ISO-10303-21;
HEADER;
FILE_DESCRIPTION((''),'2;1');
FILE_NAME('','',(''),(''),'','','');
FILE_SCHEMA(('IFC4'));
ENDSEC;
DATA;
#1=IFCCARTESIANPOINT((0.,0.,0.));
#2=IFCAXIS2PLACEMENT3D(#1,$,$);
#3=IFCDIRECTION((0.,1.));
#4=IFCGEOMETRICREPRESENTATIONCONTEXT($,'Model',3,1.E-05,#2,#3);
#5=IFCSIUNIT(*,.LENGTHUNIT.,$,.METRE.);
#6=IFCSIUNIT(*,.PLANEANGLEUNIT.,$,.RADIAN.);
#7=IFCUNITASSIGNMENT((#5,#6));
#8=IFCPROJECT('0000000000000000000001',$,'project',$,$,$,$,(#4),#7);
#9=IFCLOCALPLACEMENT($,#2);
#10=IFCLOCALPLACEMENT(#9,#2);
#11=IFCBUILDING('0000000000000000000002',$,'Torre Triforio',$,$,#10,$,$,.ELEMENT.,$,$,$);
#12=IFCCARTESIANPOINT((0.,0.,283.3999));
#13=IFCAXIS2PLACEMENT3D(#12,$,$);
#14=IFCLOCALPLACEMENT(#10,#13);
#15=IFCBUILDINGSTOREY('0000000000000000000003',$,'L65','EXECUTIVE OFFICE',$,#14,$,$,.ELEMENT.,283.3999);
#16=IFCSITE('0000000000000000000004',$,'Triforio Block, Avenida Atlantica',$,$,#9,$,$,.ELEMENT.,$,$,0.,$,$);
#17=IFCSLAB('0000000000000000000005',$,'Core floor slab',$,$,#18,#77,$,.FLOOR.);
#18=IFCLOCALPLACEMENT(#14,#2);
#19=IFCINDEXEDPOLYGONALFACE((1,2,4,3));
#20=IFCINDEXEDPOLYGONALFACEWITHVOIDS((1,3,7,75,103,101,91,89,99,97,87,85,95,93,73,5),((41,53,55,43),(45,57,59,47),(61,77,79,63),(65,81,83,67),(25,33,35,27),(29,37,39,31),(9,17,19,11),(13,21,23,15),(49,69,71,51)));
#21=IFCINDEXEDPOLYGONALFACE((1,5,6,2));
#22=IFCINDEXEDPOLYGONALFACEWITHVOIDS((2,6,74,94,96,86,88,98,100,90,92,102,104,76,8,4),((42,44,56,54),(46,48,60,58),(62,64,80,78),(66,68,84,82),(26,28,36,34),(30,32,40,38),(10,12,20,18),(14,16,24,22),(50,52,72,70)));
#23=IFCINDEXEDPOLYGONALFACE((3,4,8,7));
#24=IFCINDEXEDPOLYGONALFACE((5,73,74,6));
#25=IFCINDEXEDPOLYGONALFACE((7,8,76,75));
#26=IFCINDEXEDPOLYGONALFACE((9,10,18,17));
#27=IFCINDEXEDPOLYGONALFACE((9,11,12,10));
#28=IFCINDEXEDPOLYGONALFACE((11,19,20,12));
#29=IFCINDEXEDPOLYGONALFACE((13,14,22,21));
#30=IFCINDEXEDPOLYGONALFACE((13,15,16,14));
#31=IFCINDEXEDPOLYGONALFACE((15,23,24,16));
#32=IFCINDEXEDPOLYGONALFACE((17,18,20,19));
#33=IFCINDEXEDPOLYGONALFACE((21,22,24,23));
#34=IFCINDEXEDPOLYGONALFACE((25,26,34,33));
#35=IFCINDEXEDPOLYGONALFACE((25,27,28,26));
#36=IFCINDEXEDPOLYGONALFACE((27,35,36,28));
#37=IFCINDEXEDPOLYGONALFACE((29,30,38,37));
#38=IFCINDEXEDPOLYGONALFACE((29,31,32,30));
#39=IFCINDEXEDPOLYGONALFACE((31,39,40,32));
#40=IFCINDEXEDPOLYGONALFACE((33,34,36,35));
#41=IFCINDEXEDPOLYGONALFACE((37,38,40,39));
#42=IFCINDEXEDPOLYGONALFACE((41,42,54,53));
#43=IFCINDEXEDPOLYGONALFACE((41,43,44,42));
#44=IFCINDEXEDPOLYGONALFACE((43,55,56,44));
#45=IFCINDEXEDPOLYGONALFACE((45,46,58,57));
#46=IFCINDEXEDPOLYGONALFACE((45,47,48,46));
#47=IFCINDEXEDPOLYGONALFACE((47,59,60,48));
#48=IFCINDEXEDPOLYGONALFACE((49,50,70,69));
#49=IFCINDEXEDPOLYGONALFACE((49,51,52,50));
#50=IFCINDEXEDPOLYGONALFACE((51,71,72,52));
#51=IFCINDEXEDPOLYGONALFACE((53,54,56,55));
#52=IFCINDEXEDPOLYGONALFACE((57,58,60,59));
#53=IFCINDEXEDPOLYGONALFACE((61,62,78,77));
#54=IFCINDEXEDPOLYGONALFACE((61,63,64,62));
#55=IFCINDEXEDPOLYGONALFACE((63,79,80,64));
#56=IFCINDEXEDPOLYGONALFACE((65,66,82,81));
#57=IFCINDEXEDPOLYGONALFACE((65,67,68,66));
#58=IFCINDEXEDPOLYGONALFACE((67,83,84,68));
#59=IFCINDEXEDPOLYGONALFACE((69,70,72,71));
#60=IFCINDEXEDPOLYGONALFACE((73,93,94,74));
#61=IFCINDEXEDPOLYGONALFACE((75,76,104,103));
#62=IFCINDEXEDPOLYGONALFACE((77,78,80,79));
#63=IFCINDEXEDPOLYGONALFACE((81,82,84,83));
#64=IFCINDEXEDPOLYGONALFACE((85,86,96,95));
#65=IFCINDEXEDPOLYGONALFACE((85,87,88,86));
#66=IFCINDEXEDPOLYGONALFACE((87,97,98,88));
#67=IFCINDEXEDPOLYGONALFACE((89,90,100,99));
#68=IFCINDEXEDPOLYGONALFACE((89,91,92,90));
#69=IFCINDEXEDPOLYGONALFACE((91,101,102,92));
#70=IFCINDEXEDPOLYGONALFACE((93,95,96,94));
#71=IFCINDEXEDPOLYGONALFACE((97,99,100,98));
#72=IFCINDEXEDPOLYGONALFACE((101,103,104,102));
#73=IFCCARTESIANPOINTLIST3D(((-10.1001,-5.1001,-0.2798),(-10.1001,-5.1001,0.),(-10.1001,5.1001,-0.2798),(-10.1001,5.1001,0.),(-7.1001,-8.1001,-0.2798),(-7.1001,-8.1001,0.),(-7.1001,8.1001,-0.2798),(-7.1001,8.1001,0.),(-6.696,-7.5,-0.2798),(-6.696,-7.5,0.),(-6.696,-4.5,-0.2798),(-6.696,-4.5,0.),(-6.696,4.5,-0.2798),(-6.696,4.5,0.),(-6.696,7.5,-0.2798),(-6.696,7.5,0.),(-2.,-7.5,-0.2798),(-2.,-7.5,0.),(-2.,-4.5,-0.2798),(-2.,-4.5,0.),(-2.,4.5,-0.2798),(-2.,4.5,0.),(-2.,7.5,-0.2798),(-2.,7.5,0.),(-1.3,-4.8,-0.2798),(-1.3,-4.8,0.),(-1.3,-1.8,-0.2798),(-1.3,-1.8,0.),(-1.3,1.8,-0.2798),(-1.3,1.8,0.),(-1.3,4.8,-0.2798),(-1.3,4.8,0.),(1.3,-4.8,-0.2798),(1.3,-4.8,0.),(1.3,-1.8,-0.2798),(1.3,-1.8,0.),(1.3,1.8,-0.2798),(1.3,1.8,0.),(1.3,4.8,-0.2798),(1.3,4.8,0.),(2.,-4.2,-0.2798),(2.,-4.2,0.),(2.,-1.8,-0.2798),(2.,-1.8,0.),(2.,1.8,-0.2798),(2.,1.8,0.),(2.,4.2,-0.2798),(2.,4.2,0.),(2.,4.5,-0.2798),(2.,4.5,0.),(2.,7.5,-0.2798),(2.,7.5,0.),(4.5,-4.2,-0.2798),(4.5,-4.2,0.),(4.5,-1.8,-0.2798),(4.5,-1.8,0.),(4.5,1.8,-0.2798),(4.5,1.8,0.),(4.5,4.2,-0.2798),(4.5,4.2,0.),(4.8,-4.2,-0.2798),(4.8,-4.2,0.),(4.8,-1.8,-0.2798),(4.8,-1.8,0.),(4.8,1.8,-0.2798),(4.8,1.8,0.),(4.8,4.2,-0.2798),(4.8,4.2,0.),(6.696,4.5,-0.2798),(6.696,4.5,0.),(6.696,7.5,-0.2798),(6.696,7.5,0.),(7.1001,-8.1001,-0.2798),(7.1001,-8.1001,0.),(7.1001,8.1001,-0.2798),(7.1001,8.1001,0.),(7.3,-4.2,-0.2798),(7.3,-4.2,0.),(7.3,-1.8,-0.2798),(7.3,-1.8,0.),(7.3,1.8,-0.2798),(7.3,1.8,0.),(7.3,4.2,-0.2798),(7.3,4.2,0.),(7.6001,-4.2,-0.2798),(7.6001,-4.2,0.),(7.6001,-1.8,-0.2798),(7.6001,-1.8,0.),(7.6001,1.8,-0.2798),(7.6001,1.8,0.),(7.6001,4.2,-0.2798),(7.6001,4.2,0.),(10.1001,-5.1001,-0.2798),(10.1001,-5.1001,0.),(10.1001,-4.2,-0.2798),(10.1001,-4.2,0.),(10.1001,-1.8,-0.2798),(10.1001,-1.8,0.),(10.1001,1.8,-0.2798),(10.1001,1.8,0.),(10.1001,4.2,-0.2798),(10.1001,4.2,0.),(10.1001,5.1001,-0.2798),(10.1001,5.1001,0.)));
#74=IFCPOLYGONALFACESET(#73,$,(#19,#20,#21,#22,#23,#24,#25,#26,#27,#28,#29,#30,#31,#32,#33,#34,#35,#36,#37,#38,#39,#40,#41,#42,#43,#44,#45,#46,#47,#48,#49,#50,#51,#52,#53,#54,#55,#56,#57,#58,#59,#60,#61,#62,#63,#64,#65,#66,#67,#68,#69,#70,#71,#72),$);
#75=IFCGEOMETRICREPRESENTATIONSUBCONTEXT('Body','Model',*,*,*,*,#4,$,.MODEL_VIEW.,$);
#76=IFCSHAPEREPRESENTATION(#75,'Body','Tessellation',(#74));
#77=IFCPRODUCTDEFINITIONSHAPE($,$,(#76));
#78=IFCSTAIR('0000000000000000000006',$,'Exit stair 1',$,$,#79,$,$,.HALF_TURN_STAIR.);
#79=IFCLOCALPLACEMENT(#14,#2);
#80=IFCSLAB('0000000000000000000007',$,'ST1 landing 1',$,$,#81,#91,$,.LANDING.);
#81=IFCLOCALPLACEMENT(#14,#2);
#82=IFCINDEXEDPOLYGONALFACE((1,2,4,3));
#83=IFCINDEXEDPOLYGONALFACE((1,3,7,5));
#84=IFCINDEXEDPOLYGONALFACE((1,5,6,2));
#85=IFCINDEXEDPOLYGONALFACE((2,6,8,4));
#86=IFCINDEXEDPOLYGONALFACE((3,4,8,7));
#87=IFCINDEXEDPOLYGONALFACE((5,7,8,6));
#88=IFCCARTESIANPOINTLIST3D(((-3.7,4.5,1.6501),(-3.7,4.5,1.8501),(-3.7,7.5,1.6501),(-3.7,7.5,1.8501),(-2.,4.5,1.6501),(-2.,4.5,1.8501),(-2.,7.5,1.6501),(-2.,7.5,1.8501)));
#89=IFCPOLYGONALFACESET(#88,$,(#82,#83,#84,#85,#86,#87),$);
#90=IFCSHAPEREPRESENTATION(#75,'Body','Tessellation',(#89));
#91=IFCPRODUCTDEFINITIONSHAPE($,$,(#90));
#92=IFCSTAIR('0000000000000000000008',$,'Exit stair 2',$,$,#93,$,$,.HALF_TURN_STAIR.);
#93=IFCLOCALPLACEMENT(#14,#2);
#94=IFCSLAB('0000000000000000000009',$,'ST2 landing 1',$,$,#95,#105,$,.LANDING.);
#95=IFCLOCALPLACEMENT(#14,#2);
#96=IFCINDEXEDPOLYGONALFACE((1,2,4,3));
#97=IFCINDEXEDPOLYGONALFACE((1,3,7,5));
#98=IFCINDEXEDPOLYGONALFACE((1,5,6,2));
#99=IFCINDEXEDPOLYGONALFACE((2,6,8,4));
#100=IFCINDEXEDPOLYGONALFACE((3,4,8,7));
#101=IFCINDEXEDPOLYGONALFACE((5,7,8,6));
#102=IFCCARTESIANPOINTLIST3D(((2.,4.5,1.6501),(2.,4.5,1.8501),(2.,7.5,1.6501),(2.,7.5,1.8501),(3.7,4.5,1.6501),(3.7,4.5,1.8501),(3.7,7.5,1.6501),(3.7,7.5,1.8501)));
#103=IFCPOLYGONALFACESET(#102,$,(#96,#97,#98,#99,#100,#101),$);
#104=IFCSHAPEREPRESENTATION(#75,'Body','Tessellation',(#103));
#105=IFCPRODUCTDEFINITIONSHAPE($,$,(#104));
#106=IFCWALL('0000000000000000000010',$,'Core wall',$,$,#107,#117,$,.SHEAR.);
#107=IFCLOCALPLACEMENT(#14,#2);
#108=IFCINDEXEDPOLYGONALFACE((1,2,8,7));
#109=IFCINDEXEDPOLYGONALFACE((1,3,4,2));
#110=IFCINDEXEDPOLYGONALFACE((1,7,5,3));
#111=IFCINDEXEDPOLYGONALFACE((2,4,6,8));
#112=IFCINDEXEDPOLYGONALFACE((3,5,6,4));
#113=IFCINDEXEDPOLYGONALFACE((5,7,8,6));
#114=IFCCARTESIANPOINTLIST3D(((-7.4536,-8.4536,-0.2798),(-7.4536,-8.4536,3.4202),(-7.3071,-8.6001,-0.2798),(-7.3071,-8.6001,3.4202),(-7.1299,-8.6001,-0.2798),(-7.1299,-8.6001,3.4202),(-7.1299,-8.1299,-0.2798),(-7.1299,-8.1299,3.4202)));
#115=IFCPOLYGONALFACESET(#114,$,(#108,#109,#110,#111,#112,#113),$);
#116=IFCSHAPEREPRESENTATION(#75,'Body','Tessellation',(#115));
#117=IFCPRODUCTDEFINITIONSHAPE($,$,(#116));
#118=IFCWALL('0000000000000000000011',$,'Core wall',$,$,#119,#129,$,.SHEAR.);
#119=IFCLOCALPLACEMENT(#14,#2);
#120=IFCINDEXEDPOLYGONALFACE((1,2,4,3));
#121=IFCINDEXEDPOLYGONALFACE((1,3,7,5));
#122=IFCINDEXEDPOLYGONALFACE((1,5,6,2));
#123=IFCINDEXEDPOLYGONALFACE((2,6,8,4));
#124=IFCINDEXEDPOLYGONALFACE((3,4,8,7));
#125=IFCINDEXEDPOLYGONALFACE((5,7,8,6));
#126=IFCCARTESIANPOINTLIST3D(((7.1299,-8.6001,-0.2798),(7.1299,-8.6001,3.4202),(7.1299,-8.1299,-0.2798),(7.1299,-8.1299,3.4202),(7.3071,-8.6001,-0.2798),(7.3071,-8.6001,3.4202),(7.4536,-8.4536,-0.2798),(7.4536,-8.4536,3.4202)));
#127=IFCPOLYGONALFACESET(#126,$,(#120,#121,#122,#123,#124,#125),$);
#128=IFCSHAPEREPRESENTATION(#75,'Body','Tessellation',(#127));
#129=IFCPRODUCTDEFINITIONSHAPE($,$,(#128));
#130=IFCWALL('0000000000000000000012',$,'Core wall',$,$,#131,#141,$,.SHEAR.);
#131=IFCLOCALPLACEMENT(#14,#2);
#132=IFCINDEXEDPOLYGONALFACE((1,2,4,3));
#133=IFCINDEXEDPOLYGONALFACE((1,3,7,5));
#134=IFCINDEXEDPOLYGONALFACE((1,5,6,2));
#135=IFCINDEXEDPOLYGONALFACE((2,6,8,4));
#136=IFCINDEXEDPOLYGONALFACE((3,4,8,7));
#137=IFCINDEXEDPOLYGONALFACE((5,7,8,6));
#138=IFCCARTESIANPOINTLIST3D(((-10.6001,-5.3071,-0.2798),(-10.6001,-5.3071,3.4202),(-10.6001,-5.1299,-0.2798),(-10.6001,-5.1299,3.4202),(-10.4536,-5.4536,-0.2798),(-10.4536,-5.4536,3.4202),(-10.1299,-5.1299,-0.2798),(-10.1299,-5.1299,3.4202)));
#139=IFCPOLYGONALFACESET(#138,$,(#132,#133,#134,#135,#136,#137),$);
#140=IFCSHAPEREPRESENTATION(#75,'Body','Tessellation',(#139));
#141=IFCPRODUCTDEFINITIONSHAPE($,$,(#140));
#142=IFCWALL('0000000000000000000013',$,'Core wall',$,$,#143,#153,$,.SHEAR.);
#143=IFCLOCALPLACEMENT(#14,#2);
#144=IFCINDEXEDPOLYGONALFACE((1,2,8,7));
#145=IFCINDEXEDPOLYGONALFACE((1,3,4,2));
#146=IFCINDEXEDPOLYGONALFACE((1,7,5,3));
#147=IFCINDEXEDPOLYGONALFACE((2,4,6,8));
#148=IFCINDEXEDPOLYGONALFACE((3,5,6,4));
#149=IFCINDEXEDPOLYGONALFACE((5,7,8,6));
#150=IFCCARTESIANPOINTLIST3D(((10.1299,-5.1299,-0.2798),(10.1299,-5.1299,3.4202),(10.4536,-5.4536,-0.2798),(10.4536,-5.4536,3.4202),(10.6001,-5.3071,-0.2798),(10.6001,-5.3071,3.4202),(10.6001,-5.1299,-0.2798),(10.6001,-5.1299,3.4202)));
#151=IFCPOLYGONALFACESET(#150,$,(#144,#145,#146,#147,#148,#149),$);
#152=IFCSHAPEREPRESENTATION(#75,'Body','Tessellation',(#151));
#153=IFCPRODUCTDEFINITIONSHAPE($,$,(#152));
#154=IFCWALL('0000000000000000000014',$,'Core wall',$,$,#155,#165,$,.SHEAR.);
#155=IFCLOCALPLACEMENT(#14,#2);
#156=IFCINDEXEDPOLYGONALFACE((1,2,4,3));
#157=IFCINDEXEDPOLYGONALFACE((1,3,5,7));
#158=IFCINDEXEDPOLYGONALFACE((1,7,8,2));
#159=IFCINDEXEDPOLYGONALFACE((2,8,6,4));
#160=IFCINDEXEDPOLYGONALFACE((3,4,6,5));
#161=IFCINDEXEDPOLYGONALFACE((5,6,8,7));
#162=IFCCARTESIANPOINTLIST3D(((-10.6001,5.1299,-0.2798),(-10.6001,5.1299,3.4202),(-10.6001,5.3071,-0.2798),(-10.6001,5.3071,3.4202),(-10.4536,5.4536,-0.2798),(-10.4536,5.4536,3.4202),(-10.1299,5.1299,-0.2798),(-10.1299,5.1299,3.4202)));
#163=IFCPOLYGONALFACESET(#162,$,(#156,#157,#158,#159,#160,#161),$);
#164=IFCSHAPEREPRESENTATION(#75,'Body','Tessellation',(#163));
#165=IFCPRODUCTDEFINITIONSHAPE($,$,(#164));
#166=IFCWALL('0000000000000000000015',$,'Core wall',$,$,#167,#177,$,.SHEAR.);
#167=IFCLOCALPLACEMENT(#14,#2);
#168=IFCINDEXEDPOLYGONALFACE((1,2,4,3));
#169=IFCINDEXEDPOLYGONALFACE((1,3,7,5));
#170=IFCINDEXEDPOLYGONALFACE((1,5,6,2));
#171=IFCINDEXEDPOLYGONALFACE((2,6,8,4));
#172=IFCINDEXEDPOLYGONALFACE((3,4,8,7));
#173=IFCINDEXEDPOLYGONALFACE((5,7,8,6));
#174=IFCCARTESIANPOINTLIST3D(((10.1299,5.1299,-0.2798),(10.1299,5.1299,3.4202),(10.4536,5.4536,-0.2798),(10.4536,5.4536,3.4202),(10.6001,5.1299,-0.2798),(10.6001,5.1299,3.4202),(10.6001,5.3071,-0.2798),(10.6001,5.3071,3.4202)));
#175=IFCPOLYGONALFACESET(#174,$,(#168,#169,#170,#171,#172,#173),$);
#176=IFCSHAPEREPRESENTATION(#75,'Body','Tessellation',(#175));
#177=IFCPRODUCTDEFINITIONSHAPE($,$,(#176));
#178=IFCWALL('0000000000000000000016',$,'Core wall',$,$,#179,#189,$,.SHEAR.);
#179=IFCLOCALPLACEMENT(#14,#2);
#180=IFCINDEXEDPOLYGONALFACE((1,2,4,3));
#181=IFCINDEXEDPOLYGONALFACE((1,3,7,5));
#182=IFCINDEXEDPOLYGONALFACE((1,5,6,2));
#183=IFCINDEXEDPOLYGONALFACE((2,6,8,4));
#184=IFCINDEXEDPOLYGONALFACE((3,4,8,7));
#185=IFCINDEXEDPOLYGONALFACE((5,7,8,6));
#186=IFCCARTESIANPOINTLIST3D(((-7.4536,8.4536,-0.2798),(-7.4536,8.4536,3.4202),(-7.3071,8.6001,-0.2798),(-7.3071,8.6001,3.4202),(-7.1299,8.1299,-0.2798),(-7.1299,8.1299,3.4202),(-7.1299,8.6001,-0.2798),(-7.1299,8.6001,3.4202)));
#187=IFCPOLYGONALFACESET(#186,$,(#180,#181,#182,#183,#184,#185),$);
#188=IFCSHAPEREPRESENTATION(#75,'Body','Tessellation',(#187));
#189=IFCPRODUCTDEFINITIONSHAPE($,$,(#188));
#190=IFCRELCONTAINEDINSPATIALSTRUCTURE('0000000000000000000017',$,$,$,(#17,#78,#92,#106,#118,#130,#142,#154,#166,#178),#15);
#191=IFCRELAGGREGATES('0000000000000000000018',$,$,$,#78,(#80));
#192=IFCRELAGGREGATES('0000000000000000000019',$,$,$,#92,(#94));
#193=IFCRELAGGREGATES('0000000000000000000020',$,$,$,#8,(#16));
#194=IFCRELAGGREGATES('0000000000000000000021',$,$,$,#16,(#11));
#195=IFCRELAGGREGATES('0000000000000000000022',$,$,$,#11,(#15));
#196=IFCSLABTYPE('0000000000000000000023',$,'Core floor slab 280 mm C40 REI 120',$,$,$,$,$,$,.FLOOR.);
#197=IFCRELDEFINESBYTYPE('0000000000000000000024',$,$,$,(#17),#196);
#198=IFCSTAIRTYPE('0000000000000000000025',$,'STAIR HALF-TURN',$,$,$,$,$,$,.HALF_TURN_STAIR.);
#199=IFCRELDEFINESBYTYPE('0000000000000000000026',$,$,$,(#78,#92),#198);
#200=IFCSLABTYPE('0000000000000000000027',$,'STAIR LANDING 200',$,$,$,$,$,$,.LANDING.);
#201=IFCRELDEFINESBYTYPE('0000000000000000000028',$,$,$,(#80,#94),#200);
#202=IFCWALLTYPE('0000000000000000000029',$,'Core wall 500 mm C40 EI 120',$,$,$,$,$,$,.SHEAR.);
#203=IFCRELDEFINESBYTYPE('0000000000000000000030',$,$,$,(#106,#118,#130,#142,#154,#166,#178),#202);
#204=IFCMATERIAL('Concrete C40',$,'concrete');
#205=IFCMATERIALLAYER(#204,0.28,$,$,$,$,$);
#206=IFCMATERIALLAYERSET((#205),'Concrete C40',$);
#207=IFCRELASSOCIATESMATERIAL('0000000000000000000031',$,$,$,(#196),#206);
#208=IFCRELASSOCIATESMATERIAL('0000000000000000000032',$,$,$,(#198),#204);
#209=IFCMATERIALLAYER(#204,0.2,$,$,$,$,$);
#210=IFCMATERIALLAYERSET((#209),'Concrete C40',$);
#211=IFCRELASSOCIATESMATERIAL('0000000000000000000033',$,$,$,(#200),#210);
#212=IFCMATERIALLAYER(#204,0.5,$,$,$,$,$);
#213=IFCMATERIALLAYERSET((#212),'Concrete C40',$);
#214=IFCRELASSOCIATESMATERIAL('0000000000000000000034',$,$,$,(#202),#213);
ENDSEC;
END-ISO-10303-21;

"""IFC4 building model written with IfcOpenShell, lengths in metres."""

from ifc_helpers import new_model, si_unit, direction, frame, origin, place, context, subcontext, project, spatial, polyline, outline, extrude, material, layer, layer_set, type_object, element, aggregate, save


model = new_model("IFC4")

# Units and contexts
model_context = context("Model", 3, precision=1e-05, world=origin(), true_north=direction((0.0, 1.0)))
body_context = subcontext(model_context, "Body", "Model", "MODEL_VIEW")
ifc_project = project(units=[si_unit("LENGTHUNIT", "METRE"), si_unit("PLANEANGLEUNIT", "RADIAN")], contexts=[model_context])

# Site, building, storey
site_placement = place(None, origin())
site = spatial("IfcSite", under=ifc_project, at=site_placement, Name="Triforio Block, Avenida Atlantica", CompositionType="ELEMENT", RefElevation=0.0)
building_placement = place(site_placement, origin())
building = spatial("IfcBuilding", under=site, at=building_placement, Name="Torre Triforio", CompositionType="ELEMENT")
storey_placement = place(building_placement, frame((0.0, 0.0, 283.3999)))
storey = spatial("IfcBuildingStorey", under=building, at=storey_placement, Name="L65", Description="EXECUTIVE OFFICE", CompositionType="ELEMENT", Elevation=283.3999)

# Slab
ifc_material_1 = material(Name="Concrete C40", Category="concrete")
ifc_layer_1 = layer(ifc_material_1, 0.28)
ifc_layer_set_1 = layer_set([ifc_layer_1], Name="Concrete C40")
slab_type_1 = type_object("IfcSlabType", Name="Core floor slab 280 mm C40 REI 120", PredefinedType="FLOOR", material=ifc_layer_set_1)
slab_1_placement = place(storey_placement, frame((0.0, 0.0, -0.2798)))
element("IfcSlab", 1, at=slab_1_placement, inside=storey, type_object=slab_type_1, Name="Core floor slab", PredefinedType="FLOOR", context=body_context, shape_type="SweptSolid", body=[
    extrude(outline(polyline([(10.1001, -5.1001), (7.1001, -8.1001), (-7.1001, -8.1001), (-10.1001, -5.1001), (-10.1001, 5.1001), (-7.1001, 8.1001), (7.1001, 8.1001), (10.1001, 5.1001), (10.1001, 4.2), (7.6001, 4.2), (7.6001, 1.8), (10.1001, 1.8), (10.1001, -1.8), (7.6001, -1.8), (7.6001, -4.2), (10.1001, -4.2), (10.1001, -5.1001)]), holes=[polyline([(-6.696, -4.5), (-6.696, -7.5), (-2.0, -7.5), (-2.0, -4.5), (-6.696, -4.5)]), polyline([(-1.3, -1.8), (-1.3, -4.8), (1.3, -4.8), (1.3, -1.8), (-1.3, -1.8)]), polyline([(2.0, -1.8), (2.0, -4.2), (4.5, -4.2), (4.5, -1.8), (2.0, -1.8)]), polyline([(4.5, 4.2), (2.0, 4.2), (2.0, 1.8), (4.5, 1.8), (4.5, 4.2)]), polyline([(1.3, 4.8), (-1.3, 4.8), (-1.3, 1.8), (1.3, 1.8), (1.3, 4.8)]), polyline([(-6.696, 7.5), (-6.696, 4.5), (-2.0, 4.5), (-2.0, 7.5), (-6.696, 7.5)]), polyline([(7.3, -1.8), (4.8, -1.8), (4.8, -4.2), (7.3, -4.2), (7.3, -1.8)]), polyline([(4.8, 4.2), (4.8, 1.8), (7.3, 1.8), (7.3, 4.2), (4.8, 4.2)]), polyline([(6.696, 7.5), (2.0, 7.5), (2.0, 4.5), (6.696, 4.5), (6.696, 7.5)])]), origin(), (0.0, 0.0, 1.0), 0.2798),
])

# Stairs, slabs
stair_type = type_object("IfcStairType", Name="STAIR HALF-TURN", PredefinedType="HALF_TURN_STAIR", material=ifc_material_1)
stair_1_placement = place(storey_placement, origin())
stair_1 = element("IfcStair", 2, at=stair_1_placement, inside=storey, type_object=stair_type, Name="Exit stair 1", PredefinedType="HALF_TURN_STAIR")
ifc_layer_2 = layer(ifc_material_1, 0.2)
ifc_layer_set_2 = layer_set([ifc_layer_2], Name="Concrete C40")
slab_type_2 = type_object("IfcSlabType", Name="STAIR LANDING 200", PredefinedType="LANDING", material=ifc_layer_set_2)
slab_2_placement = place(storey_placement, frame((0.0, 0.0, 1.6501)))
slab_2 = element("IfcSlab", 3, at=slab_2_placement, type_object=slab_type_2, Name="ST1 landing 1", PredefinedType="LANDING", context=body_context, shape_type="SweptSolid", body=[
    extrude(outline(polyline([(-2.0, 4.5), (-2.0, 7.5), (-3.7, 7.5), (-3.7, 4.5), (-2.0, 4.5)])), origin(), (0.0, 0.0, 1.0), 0.2),
])
aggregate(stair_1, [slab_2])
stair_2_placement = place(storey_placement, origin())
stair_2 = element("IfcStair", 4, at=stair_2_placement, inside=storey, type_object=stair_type, Name="Exit stair 2", PredefinedType="HALF_TURN_STAIR")
slab_3_placement = place(storey_placement, frame((0.0, 0.0, 1.6501)))
slab_3 = element("IfcSlab", 5, at=slab_3_placement, type_object=slab_type_2, Name="ST2 landing 1", PredefinedType="LANDING", context=body_context, shape_type="SweptSolid", body=[
    extrude(outline(polyline([(3.7, 4.5), (3.7, 7.5), (2.0, 7.5), (2.0, 4.5), (3.7, 4.5)])), origin(), (0.0, 0.0, 1.0), 0.2),
])
aggregate(stair_2, [slab_3])

# Walls
ifc_layer_3 = layer(ifc_material_1, 0.5)
ifc_layer_set_3 = layer_set([ifc_layer_3], Name="Concrete C40")
wall_type_1 = type_object("IfcWallType", Name="Core wall 500 mm C40 EI 120", PredefinedType="SHEAR", material=ifc_layer_set_3)
wall_1_placement = place(storey_placement, frame((0.0, 0.0, -0.2798)))
element("IfcWall", 6, at=wall_1_placement, inside=storey, type_object=wall_type_1, Name="Core wall", PredefinedType="SHEAR", context=body_context, shape_type="SweptSolid", body=[
    extrude(outline(polyline([(-7.3071, -8.6001), (-7.4536, -8.4536), (-7.1299, -8.1299), (-7.1299, -8.6001), (-7.3071, -8.6001)])), origin(), (0.0, 0.0, 1.0), 3.7),
])
wall_2_placement = place(storey_placement, frame((0.0, 0.0, -0.2798)))
element("IfcWall", 7, at=wall_2_placement, inside=storey, type_object=wall_type_1, Name="Core wall", PredefinedType="SHEAR", context=body_context, shape_type="SweptSolid", body=[
    extrude(outline(polyline([(7.3071, -8.6001), (7.1299, -8.6001), (7.1299, -8.1299), (7.4536, -8.4536), (7.3071, -8.6001)])), origin(), (0.0, 0.0, 1.0), 3.7),
])
wall_3_placement = place(storey_placement, frame((0.0, 0.0, -0.2798)))
element("IfcWall", 8, at=wall_3_placement, inside=storey, type_object=wall_type_1, Name="Core wall", PredefinedType="SHEAR", context=body_context, shape_type="SweptSolid", body=[
    extrude(outline(polyline([(-10.6001, -5.3071), (-10.6001, -5.1299), (-10.1299, -5.1299), (-10.4536, -5.4536), (-10.6001, -5.3071)])), origin(), (0.0, 0.0, 1.0), 3.7),
])
wall_4_placement = place(storey_placement, frame((0.0, 0.0, -0.2798)))
element("IfcWall", 9, at=wall_4_placement, inside=storey, type_object=wall_type_1, Name="Core wall", PredefinedType="SHEAR", context=body_context, shape_type="SweptSolid", body=[
    extrude(outline(polyline([(10.6001, -5.3071), (10.4536, -5.4536), (10.1299, -5.1299), (10.6001, -5.1299), (10.6001, -5.3071)])), origin(), (0.0, 0.0, 1.0), 3.7),
])
wall_5_placement = place(storey_placement, frame((0.0, 0.0, -0.2798)))
element("IfcWall", 10, at=wall_5_placement, inside=storey, type_object=wall_type_1, Name="Core wall", PredefinedType="SHEAR", context=body_context, shape_type="SweptSolid", body=[
    extrude(outline(polyline([(-10.4536, 5.4536), (-10.1299, 5.1299), (-10.6001, 5.1299), (-10.6001, 5.3071), (-10.4536, 5.4536)])), origin(), (0.0, 0.0, 1.0), 3.7),
])
wall_6_placement = place(storey_placement, frame((0.0, 0.0, -0.2798)))
element("IfcWall", 11, at=wall_6_placement, inside=storey, type_object=wall_type_1, Name="Core wall", PredefinedType="SHEAR", context=body_context, shape_type="SweptSolid", body=[
    extrude(outline(polyline([(10.6001, 5.3071), (10.6001, 5.1299), (10.1299, 5.1299), (10.4536, 5.4536), (10.6001, 5.3071)])), origin(), (0.0, 0.0, 1.0), 3.7),
])
wall_7_placement = place(storey_placement, frame((0.0, 0.0, -0.2798)))
element("IfcWall", 12, at=wall_7_placement, inside=storey, type_object=wall_type_1, Name="Core wall", PredefinedType="SHEAR", context=body_context, shape_type="SweptSolid", body=[
    extrude(outline(polyline([(-7.3071, 8.6001), (-7.1299, 8.6001), (-7.1299, 8.1299), (-7.4536, 8.4536), (-7.3071, 8.6001)])), origin(), (0.0, 0.0, 1.0), 3.7),
])

save(model, "model.ifc")
